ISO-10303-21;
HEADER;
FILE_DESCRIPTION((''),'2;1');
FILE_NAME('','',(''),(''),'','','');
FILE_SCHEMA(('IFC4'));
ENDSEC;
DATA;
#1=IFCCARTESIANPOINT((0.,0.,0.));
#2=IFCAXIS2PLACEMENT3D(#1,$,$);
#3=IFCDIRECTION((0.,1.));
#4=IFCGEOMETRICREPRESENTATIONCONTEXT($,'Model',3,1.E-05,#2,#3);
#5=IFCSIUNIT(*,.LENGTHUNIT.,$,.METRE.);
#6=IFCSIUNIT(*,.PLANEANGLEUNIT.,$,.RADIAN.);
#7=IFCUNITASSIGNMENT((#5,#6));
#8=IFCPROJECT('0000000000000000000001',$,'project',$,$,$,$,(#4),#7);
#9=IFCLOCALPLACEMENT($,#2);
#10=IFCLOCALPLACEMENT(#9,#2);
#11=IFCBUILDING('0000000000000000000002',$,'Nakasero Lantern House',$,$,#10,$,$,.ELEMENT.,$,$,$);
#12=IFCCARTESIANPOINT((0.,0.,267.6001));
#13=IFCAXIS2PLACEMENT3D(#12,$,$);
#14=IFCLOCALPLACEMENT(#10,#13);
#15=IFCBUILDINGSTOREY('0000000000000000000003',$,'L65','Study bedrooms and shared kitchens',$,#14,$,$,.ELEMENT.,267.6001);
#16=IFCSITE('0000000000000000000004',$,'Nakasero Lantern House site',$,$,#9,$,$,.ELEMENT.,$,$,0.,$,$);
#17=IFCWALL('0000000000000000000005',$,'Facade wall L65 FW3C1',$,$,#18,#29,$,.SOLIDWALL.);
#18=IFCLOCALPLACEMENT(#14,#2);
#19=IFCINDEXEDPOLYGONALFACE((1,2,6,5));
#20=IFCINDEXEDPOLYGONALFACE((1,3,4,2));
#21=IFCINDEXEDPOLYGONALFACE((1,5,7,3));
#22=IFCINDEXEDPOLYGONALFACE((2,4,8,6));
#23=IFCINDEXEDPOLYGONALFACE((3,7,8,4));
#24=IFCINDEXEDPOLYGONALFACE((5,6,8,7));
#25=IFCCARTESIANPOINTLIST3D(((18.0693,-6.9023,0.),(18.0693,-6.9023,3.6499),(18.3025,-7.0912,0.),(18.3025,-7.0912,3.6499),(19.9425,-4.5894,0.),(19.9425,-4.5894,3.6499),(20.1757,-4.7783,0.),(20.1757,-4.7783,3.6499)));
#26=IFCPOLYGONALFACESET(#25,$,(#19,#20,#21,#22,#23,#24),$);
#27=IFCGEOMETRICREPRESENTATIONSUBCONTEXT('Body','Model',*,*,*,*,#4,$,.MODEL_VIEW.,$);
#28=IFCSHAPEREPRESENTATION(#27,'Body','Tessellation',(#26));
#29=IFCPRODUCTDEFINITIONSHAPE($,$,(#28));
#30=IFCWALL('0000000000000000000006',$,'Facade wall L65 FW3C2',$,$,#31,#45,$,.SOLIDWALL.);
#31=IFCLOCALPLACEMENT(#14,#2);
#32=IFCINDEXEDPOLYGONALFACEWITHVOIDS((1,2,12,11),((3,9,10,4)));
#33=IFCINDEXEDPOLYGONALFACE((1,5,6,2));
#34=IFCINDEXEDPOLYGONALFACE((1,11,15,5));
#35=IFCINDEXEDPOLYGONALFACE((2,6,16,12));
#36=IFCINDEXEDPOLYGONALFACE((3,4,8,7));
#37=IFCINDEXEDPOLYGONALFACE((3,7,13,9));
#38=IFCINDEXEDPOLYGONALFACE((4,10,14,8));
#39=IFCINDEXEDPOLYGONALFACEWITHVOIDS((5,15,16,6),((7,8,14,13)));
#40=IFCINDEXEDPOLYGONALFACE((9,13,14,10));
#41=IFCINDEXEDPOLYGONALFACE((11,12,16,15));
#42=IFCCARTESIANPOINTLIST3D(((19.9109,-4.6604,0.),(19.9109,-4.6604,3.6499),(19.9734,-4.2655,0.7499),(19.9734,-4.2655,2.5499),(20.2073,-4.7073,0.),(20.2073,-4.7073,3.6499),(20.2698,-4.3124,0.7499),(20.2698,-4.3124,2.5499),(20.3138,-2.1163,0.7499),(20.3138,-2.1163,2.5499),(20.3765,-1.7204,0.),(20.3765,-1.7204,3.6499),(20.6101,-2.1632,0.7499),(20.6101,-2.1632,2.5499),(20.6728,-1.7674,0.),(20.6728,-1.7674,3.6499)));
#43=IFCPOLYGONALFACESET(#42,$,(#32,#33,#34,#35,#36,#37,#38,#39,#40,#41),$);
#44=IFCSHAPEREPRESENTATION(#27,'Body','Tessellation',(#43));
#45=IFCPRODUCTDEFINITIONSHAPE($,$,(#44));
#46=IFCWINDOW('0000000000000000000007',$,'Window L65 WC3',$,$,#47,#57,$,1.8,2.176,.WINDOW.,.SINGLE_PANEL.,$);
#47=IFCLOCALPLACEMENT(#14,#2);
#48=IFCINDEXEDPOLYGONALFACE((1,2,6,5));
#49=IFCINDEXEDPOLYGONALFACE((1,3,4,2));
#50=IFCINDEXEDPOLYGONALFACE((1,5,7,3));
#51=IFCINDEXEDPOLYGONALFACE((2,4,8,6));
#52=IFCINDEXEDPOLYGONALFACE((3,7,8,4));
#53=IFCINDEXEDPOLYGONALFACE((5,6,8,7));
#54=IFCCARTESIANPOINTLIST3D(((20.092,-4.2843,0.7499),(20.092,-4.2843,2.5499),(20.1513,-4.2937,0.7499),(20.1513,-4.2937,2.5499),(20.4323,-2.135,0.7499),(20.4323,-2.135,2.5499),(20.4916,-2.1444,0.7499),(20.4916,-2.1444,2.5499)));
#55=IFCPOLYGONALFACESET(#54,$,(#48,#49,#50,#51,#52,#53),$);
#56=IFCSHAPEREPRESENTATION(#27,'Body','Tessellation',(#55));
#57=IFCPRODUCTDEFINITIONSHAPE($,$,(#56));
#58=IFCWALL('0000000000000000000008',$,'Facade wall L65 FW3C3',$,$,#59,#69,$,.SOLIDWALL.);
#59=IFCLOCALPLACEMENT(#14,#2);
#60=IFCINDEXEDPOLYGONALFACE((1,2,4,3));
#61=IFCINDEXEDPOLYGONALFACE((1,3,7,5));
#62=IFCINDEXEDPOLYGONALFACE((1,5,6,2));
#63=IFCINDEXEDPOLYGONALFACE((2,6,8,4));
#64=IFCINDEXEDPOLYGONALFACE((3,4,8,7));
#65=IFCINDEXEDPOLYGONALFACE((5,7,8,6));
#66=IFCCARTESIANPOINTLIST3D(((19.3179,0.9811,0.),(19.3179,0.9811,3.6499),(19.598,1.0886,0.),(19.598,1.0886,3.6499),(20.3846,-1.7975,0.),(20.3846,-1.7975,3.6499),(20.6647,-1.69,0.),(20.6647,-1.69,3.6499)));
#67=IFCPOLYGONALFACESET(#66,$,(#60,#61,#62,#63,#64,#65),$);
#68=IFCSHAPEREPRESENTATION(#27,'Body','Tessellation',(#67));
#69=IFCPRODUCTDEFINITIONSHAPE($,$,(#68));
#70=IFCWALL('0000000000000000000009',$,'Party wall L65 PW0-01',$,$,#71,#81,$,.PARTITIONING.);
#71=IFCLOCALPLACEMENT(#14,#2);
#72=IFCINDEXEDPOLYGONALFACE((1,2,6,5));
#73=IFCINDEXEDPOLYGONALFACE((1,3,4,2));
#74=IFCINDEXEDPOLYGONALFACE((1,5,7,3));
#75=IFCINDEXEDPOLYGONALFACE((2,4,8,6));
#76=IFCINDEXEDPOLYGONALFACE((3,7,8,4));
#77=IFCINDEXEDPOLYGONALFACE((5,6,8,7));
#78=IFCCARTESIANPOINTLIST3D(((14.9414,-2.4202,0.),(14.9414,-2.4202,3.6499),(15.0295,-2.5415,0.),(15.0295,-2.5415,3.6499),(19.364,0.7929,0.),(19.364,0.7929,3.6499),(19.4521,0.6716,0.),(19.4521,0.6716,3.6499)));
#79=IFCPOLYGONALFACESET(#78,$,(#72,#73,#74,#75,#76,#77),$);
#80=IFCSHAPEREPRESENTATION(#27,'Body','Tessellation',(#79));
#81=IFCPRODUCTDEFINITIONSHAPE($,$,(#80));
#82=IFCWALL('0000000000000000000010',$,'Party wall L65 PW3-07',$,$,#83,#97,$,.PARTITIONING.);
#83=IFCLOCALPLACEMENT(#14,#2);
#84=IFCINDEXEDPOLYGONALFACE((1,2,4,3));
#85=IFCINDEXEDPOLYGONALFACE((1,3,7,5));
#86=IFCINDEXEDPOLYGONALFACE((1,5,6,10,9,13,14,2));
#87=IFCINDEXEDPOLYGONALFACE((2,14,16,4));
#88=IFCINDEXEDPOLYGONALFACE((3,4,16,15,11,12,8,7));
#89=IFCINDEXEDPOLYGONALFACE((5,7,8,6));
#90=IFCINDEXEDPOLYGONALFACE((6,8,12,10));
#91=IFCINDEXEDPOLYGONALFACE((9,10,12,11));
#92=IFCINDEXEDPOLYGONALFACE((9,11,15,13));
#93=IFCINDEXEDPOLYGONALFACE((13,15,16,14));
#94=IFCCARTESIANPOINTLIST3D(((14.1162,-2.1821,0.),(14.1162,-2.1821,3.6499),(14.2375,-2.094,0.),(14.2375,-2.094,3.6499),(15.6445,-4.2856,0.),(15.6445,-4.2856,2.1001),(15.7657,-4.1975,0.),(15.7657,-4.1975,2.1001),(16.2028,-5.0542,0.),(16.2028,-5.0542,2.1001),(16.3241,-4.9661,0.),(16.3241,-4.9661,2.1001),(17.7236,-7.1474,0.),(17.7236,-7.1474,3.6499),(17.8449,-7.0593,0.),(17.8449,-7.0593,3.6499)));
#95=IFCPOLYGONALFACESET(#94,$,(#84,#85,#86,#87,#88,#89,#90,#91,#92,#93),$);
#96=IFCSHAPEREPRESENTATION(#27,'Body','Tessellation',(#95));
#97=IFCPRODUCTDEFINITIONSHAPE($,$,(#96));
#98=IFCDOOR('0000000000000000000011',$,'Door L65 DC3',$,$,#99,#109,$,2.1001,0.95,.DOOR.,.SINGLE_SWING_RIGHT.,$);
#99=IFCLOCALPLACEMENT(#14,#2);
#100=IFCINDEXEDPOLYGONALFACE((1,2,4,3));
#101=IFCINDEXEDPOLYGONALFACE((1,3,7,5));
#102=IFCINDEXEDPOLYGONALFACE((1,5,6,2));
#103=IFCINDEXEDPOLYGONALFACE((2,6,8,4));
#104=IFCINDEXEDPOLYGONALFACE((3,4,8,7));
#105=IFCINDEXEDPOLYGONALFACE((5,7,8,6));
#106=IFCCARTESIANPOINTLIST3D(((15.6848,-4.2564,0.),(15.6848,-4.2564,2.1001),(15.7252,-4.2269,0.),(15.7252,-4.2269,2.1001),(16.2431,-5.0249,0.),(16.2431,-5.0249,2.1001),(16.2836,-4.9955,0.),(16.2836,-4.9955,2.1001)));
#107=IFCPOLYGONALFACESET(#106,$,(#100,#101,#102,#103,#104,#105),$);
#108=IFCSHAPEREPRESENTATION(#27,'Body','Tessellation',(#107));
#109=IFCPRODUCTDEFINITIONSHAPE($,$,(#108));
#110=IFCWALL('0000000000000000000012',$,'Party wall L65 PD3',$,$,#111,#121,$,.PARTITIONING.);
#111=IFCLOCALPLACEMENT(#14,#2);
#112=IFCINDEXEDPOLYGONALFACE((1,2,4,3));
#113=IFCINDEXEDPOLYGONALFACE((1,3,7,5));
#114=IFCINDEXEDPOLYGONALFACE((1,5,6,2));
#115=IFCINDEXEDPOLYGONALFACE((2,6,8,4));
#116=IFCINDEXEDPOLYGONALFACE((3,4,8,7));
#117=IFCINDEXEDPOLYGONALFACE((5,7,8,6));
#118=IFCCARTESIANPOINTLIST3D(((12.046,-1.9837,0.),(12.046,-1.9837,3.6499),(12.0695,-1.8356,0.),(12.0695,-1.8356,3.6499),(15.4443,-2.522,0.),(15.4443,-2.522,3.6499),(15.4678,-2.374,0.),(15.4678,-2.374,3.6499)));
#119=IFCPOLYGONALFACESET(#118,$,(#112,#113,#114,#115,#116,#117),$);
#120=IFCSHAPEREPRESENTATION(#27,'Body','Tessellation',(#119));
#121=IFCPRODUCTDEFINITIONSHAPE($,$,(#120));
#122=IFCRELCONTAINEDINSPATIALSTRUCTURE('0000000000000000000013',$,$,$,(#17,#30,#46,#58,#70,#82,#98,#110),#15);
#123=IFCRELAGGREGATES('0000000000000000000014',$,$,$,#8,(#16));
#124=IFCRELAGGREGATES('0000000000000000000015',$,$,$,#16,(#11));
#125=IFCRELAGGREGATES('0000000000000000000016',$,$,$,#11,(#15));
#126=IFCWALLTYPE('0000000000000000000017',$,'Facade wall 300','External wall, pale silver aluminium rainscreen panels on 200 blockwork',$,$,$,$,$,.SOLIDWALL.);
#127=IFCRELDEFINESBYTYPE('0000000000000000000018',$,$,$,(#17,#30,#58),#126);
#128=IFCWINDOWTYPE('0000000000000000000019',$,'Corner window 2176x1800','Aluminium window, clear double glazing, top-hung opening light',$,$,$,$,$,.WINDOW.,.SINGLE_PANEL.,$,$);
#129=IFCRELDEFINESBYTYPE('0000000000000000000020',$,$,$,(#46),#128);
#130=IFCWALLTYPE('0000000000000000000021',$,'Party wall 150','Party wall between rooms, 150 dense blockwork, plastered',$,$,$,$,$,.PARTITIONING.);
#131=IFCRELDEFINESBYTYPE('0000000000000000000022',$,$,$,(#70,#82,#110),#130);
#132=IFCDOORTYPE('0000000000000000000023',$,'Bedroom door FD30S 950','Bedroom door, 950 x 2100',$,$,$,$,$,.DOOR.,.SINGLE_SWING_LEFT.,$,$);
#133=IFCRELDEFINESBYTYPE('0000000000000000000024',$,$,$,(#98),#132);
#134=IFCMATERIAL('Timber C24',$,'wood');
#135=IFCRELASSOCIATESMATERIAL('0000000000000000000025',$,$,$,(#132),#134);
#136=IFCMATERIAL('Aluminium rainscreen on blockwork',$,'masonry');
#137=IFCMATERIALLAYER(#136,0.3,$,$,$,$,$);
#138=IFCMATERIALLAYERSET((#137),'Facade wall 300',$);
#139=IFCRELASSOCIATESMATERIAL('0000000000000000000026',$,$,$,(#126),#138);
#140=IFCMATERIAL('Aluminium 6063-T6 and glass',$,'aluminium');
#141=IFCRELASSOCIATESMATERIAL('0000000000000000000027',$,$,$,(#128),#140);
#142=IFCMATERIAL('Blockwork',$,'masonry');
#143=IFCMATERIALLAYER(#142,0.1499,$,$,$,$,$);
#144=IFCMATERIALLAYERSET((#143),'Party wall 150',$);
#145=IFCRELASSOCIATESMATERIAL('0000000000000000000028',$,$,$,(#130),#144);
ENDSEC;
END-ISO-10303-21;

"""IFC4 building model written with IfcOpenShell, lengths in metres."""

from ifc_helpers import new_model, si_unit, direction, frame, frame_2d, origin, place, context, subcontext, project, spatial, rectangle, extrude, material, layer, layer_set, type_object, element, fill, save


model = new_model("IFC4")

# Units and contexts
model_context = context("Model", 3, precision=1e-05, world=origin(), true_north=direction((0.0, 1.0)))
body_context = subcontext(model_context, "Body", "Model", "MODEL_VIEW")
ifc_project = project(units=[si_unit("LENGTHUNIT", "METRE"), si_unit("PLANEANGLEUNIT", "RADIAN")], contexts=[model_context])

# Site, building, storey
site_placement = place(None, origin())
site = spatial("IfcSite", under=ifc_project, at=site_placement, Name="Nakasero Lantern House site", CompositionType="ELEMENT", RefElevation=0.0)
building_placement = place(site_placement, origin())
building = spatial("IfcBuilding", under=site, at=building_placement, Name="Nakasero Lantern House", CompositionType="ELEMENT")
storey_placement = place(building_placement, frame((0.0, 0.0, 267.6001)))
storey = spatial("IfcBuildingStorey", under=building, at=storey_placement, Name="L65", Description="Study bedrooms and shared kitchens", CompositionType="ELEMENT", Elevation=267.6001)

# Shared definitions
ifc_material_1 = material(Name="Timber C24", Category="wood")
door_type_1 = type_object("IfcDoorType", Name="Bedroom door FD30S 950", Description="Bedroom door, 950 x 2100", OperationType="SINGLE_SWING_LEFT", PredefinedType="DOOR", material=ifc_material_1)

# Wall
ifc_material_2 = material(Name="Aluminium rainscreen on blockwork", Category="masonry")
ifc_layer_1 = layer(ifc_material_2, 0.3)
ifc_layer_set_1 = layer_set([ifc_layer_1], Name="Facade wall 300")
wall_type_1 = type_object("IfcWallType", Name="Facade wall 300", Description="External wall, pale silver aluminium rainscreen panels on 200 blockwork", PredefinedType="SOLIDWALL", material=ifc_layer_set_1)
wall_1_placement = place(storey_placement, frame((18.1858, -6.9968, 0.0), z_axis=(0.0, 0.0, 1.0), x_axis=(0.629375, 0.777102, 0.0)))
element("IfcWall", 1, at=wall_1_placement, inside=storey, type_object=wall_type_1, Name="Facade wall L65 FW3C1", PredefinedType="SOLIDWALL", context=body_context, shape_type="SweptSolid", body=[
    extrude(rectangle(XDim=2.9763, YDim=0.3, at=frame_2d((1.4883, 0.0))), origin(), (0.0, 0.0, 1.0), 3.6499),
])

# Wall, opening, window
wall_2_placement = place(storey_placement, frame((20.0591, -4.6838, 0.0), z_axis=(0.0, 0.0, 1.0), x_axis=(0.156413, 0.987692, 0.0)))
wall_2 = element("IfcWall", 2, at=wall_2_placement, inside=storey, type_object=wall_type_1, Name="Facade wall L65 FW3C2", PredefinedType="SOLIDWALL", context=body_context, shape_type="SweptSolid", body=[
    extrude(rectangle(XDim=2.9766, YDim=0.3, at=frame_2d((1.4883, 0.0))), origin(), (0.0, 0.0, 1.0), 3.6499),
])
opening_1_placement = place(wall_2_placement, frame((0.3999, 0.0, 0.75)))
opening_1 = element("IfcOpeningElement", 3, at=opening_1_placement, cuts=wall_2, PredefinedType="OPENING", context=body_context, shape_type="SweptSolid", body=[
    extrude(rectangle(XDim=2.176, YDim=1.8, at=frame_2d((1.0879, 0.8999))), frame((0.0, 0.1699, 0.0), z_axis=(0.0, -1.0, 0.0), x_axis=(1.0, 0.0, 0.0)), (0.0, 0.0, 1.0), 0.3401),
])
ifc_material_3 = material(Name="Aluminium 6063-T6 and glass", Category="aluminium")
window_type = type_object("IfcWindowType", Name="Corner window 2176x1800", Description="Aluminium window, clear double glazing, top-hung opening light", PartitioningType="SINGLE_PANEL", PredefinedType="WINDOW", material=ifc_material_3)
window_placement = place(opening_1_placement, origin())
window = element("IfcWindow", 4, at=window_placement, inside=storey, type_object=window_type, Name="Window L65 WC3", OverallHeight=1.8, OverallWidth=2.176, PartitioningType="SINGLE_PANEL", PredefinedType="WINDOW", context=body_context, shape_type="SweptSolid", body=[
    extrude(rectangle(XDim=2.176, YDim=1.8, at=frame_2d((1.0879, 0.8999))), frame((0.0, 0.03, 0.0), z_axis=(0.0, -1.0, 0.0), x_axis=(1.0, 0.0, 0.0)), (0.0, 0.0, 1.0), 0.0601),
])
fill(opening_1, window)

# Walls
wall_3_placement = place(storey_placement, frame((20.5247, -1.7439, 0.0), z_axis=(0.0, 0.0, 1.0), x_axis=(-0.358385, 0.933574, 0.0)))
element("IfcWall", 5, at=wall_3_placement, inside=storey, type_object=wall_type_1, Name="Facade wall L65 FW3C3", PredefinedType="SOLIDWALL", context=body_context, shape_type="SweptSolid", body=[
    extrude(rectangle(XDim=2.9763, YDim=0.3, at=frame_2d((1.4883, 0.0))), origin(), (0.0, 0.0, 1.0), 3.6499),
])
ifc_material_4 = material(Name="Blockwork", Category="masonry")
ifc_layer_2 = layer(ifc_material_4, 0.1499)
ifc_layer_set_2 = layer_set([ifc_layer_2], Name="Party wall 150")
wall_type_2 = type_object("IfcWallType", Name="Party wall 150", Description="Party wall between rooms, 150 dense blockwork, plastered", PredefinedType="PARTITIONING", material=ifc_layer_set_2)
wall_4_placement = place(storey_placement, frame((14.9854, -2.481, 0.0), z_axis=(0.0, 0.0, 1.0), x_axis=(0.809024, 0.587776, 0.0)))
element("IfcWall", 6, at=wall_4_placement, inside=storey, type_object=wall_type_2, Name="Party wall L65 PW0-01", PredefinedType="PARTITIONING", context=body_context, shape_type="SweptSolid", body=[
    extrude(rectangle(XDim=5.4666, YDim=0.1499, at=frame_2d((2.7334, 0.0))), origin(), (0.0, 0.0, 1.0), 3.6499),
])

# Wall, opening, door
wall_5_placement = place(storey_placement, frame((14.1768, -2.1379, 0.0), z_axis=(0.0, 0.0, 1.0), x_axis=(0.587774, -0.809025, 0.0)))
wall_5 = element("IfcWall", 7, at=wall_5_placement, inside=storey, type_object=wall_type_2, Name="Party wall L65 PW3-07", PredefinedType="PARTITIONING", context=body_context, shape_type="SweptSolid", body=[
    extrude(rectangle(XDim=6.1375, YDim=0.1499, at=frame_2d((3.0688, 0.0))), origin(), (0.0, 0.0, 1.0), 3.6499),
])
opening_2_placement = place(wall_5_placement, frame((2.6001, 0.0, 0.0)))
opening_2 = element("IfcOpeningElement", 8, at=opening_2_placement, cuts=wall_5, PredefinedType="OPENING", context=body_context, shape_type="SweptSolid", body=[
    extrude(rectangle(XDim=0.95, YDim=2.1001, at=frame_2d((0.4751, 1.05))), frame((0.0, 0.095, 0.0), z_axis=(0.0, -1.0, 0.0), x_axis=(1.0, 0.0, 0.0)), (0.0, 0.0, 1.0), 0.1899),
])
door_1_placement = place(opening_2_placement, origin())
door_1 = element("IfcDoor", 9, at=door_1_placement, inside=storey, type_object=door_type_1, Name="Door L65 DC3", OperationType="SINGLE_SWING_RIGHT", OverallHeight=2.1001, OverallWidth=0.95, PredefinedType="DOOR", context=body_context, shape_type="SweptSolid", body=[
    extrude(rectangle(XDim=0.95, YDim=2.1001, at=frame_2d((0.4751, 1.05))), frame((0.0, 0.0249, 0.0), z_axis=(0.0, -1.0, 0.0), x_axis=(1.0, 0.0, 0.0)), (0.0, 0.0, 1.0), 0.05),
])
fill(opening_2, door_1)

# Wall
wall_6_placement = place(storey_placement, frame((12.0579, -1.9097, 0.0), z_axis=(0.0, 0.0, 1.0), x_axis=(0.987683, -0.156465, 0.0)))
element("IfcWall", 10, at=wall_6_placement, inside=storey, type_object=wall_type_2, Name="Party wall L65 PD3", PredefinedType="PARTITIONING", context=body_context, shape_type="SweptSolid", body=[
    extrude(rectangle(XDim=3.4407, YDim=0.1499, at=frame_2d((1.7202, 0.0))), origin(), (0.0, 0.0, 1.0), 3.6499),
])

save(model, "model.ifc")
